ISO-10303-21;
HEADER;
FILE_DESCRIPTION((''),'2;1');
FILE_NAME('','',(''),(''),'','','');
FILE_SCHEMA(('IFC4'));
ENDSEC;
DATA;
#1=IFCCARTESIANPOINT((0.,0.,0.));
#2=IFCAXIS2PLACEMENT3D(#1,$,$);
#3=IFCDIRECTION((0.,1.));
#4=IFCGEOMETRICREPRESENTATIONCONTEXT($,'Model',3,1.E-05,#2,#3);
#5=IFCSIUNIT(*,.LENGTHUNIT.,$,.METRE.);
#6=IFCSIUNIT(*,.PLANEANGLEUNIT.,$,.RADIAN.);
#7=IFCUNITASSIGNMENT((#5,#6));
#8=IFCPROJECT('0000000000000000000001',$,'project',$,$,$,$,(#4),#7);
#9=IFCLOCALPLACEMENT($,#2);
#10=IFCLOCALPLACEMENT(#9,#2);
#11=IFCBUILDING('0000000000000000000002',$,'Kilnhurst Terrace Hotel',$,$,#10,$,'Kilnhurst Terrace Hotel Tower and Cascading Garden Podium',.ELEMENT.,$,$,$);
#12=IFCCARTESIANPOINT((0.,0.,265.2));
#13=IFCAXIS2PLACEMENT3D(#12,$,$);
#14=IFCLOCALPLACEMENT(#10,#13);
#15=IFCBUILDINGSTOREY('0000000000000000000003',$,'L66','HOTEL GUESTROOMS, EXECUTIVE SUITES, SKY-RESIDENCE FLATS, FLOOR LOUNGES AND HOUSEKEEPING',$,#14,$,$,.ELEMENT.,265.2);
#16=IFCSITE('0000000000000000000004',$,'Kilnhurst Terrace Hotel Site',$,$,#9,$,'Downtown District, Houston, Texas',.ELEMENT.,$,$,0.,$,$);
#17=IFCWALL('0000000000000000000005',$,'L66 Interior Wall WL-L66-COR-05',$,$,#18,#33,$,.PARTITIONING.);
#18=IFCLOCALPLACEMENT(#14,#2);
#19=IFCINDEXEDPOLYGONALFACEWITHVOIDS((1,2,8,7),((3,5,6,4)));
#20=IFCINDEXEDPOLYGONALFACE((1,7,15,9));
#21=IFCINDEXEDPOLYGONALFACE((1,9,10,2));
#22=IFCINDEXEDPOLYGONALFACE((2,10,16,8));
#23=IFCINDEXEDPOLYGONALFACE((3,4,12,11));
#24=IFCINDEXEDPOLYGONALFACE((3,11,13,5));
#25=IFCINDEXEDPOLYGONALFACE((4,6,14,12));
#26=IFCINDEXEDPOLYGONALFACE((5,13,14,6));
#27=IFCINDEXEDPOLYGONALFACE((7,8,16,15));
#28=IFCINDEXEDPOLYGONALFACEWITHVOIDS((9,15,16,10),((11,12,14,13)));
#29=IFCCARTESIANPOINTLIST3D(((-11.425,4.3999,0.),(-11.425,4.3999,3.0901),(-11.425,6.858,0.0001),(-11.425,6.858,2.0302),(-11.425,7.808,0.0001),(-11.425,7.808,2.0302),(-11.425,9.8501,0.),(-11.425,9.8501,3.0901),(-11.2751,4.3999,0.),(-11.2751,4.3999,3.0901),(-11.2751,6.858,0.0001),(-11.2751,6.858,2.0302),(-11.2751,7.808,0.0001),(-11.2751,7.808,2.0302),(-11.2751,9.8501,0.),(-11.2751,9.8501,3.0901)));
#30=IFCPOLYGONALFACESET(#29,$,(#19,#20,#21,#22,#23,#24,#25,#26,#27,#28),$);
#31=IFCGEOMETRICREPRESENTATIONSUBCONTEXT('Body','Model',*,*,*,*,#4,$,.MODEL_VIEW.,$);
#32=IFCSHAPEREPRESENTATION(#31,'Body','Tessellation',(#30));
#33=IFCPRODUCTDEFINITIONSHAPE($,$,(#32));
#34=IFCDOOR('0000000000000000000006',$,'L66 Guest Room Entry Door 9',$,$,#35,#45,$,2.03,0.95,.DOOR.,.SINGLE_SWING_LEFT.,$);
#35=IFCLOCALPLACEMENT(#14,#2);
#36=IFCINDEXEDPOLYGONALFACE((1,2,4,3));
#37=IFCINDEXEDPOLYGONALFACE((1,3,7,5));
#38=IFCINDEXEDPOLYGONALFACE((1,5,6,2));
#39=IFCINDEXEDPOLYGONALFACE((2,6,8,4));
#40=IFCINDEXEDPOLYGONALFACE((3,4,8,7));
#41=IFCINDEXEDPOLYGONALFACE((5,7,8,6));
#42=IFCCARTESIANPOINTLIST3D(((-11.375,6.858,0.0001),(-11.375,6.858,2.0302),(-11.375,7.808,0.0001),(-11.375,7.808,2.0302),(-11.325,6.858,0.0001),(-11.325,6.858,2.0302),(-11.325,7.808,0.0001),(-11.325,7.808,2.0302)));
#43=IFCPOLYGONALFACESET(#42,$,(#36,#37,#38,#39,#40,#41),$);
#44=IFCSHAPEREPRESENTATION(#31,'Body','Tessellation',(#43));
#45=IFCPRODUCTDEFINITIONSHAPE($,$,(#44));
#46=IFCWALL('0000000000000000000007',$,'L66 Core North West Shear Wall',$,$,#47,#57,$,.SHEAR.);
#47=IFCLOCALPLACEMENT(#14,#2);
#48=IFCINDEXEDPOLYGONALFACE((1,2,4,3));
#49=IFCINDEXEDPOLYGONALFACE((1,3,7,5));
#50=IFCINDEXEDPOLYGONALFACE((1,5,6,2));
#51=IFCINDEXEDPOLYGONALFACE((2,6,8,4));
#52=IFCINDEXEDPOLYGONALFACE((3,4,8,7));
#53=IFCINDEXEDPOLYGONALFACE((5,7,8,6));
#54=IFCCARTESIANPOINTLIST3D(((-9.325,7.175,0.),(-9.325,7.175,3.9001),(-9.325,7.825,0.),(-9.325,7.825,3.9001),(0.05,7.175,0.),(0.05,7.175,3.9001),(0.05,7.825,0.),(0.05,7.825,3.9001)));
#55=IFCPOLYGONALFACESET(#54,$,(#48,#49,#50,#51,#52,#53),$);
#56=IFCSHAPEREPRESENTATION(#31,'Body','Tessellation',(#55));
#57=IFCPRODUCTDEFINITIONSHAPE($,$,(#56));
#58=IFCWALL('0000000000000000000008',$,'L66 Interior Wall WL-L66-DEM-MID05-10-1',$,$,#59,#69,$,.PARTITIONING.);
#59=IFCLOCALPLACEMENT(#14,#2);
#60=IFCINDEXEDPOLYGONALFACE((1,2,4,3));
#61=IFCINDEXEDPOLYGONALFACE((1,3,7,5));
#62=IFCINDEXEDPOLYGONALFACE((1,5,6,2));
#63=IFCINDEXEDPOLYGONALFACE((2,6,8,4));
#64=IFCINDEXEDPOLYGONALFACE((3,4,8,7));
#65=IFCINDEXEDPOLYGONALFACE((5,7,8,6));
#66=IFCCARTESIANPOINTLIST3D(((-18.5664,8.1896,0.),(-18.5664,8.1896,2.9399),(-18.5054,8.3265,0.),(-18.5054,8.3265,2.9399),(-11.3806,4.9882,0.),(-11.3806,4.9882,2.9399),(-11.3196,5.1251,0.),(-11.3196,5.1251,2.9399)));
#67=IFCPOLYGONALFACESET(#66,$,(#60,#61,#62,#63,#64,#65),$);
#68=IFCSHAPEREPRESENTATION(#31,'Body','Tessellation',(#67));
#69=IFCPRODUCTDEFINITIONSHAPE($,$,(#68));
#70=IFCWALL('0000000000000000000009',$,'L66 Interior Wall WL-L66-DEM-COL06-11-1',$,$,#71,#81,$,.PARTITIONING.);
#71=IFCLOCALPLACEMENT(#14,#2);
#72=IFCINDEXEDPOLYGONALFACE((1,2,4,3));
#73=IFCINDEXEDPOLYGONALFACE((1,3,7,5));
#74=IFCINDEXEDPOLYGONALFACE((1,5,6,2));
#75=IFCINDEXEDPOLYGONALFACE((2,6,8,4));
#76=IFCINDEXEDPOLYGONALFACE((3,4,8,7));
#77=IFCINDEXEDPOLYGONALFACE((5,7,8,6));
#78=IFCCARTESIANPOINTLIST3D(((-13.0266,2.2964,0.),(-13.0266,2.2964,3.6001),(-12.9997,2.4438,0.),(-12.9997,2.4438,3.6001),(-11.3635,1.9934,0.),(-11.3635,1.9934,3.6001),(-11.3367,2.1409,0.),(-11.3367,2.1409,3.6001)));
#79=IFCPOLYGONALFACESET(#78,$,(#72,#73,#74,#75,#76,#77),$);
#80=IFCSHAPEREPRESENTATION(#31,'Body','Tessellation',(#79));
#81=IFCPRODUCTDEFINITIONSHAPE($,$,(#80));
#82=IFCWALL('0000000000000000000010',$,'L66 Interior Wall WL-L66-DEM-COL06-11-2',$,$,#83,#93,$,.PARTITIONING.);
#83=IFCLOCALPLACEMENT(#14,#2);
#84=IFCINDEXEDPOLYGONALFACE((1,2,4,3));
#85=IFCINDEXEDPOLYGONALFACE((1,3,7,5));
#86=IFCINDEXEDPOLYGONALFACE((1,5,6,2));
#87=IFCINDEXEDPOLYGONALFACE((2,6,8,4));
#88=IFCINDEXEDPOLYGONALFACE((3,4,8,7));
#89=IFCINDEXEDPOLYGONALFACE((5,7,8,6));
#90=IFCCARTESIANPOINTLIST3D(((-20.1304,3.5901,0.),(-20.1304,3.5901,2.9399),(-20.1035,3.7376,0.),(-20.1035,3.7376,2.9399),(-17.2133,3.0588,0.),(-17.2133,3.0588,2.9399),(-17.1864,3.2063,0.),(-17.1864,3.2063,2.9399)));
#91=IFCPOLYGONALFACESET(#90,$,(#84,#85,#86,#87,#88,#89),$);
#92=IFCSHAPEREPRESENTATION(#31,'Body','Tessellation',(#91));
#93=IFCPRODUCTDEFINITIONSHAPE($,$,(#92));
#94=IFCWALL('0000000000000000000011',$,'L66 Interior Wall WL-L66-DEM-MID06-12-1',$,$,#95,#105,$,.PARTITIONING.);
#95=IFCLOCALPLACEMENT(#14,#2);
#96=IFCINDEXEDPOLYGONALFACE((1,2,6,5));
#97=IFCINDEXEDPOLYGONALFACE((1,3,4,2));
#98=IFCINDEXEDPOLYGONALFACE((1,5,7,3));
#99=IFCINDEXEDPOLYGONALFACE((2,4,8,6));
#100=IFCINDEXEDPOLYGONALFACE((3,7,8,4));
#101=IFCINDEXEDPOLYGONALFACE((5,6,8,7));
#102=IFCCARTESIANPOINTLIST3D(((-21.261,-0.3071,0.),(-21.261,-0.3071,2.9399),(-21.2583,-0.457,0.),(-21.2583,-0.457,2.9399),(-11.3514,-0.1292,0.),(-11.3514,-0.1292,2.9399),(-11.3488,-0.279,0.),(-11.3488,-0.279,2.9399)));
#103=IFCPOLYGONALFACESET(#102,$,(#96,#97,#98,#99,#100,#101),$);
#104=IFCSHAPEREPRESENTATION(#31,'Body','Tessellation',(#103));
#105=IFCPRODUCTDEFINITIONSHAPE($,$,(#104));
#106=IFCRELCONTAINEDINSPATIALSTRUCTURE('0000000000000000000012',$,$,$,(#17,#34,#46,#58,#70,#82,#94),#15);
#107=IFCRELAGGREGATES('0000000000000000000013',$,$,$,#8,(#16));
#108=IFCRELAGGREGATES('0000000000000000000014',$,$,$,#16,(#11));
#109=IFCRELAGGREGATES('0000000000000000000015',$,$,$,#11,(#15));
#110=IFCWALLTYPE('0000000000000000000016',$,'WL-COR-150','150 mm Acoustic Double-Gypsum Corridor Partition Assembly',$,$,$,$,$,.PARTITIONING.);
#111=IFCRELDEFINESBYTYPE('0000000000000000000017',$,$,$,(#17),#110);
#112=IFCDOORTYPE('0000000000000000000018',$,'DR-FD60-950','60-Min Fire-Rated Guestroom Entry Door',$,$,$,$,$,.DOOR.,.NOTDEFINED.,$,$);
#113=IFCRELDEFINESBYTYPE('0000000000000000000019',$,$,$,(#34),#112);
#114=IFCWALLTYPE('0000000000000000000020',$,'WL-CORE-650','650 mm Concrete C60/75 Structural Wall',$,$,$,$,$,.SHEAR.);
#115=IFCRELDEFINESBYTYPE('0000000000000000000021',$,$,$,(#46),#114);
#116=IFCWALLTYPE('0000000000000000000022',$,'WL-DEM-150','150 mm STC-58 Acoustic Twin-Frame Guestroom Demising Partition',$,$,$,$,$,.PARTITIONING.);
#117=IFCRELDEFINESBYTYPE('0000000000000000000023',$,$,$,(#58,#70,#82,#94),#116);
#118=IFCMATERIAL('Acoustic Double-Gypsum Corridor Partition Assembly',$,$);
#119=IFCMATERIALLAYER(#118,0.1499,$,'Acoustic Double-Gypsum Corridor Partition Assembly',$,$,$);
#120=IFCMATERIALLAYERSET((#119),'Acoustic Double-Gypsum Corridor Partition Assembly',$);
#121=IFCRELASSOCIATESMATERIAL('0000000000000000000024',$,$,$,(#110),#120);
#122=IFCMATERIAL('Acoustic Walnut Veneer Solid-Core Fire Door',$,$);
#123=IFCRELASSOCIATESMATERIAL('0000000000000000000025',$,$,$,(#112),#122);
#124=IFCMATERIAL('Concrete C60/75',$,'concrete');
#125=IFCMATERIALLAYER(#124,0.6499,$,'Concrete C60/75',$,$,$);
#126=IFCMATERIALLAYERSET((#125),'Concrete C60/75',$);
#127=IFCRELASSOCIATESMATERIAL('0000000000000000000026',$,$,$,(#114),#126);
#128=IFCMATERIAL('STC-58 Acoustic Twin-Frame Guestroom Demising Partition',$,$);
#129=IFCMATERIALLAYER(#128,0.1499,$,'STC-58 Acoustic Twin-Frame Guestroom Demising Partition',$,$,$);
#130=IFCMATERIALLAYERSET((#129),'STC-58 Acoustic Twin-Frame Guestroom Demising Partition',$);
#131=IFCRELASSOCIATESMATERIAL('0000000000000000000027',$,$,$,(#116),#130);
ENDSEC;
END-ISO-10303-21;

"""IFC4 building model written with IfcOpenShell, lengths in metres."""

from ifc_helpers import new_model, si_unit, direction, frame, frame_2d, origin, place, context, subcontext, project, spatial, rectangle, extrude, material, layer, layer_set, type_object, element, fill, save


model = new_model("IFC4")

# Units and contexts
model_context = context("Model", 3, precision=1e-05, world=origin(), true_north=direction((0.0, 1.0)))
body_context = subcontext(model_context, "Body", "Model", "MODEL_VIEW")
ifc_project = project(units=[si_unit("LENGTHUNIT", "METRE"), si_unit("PLANEANGLEUNIT", "RADIAN")], contexts=[model_context])

# Site, building, storey
site_placement = place(None, origin())
site = spatial("IfcSite", under=ifc_project, at=site_placement, Name="Kilnhurst Terrace Hotel Site", LongName="Downtown District, Houston, Texas", CompositionType="ELEMENT", RefElevation=0.0)
building_placement = place(site_placement, origin())
building = spatial("IfcBuilding", under=site, at=building_placement, Name="Kilnhurst Terrace Hotel", LongName="Kilnhurst Terrace Hotel Tower and Cascading Garden Podium", CompositionType="ELEMENT")
storey_placement = place(building_placement, frame((0.0, 0.0, 265.2)))
storey = spatial("IfcBuildingStorey", under=building, at=storey_placement, Name="L66", Description="HOTEL GUESTROOMS, EXECUTIVE SUITES, SKY-RESIDENCE FLATS, FLOOR LOUNGES AND HOUSEKEEPING", CompositionType="ELEMENT", Elevation=265.2)

# Shared definitions
ifc_material_1 = material(Name="Concrete C60/75", Category="concrete")

# Shared definitions
ifc_material_2 = material(Name="Acoustic Double-Gypsum Corridor Partition Assembly")
ifc_layer_1 = layer(ifc_material_2, 0.1499, Name="Acoustic Double-Gypsum Corridor Partition Assembly")
ifc_layer_set_1 = layer_set([ifc_layer_1], Name="Acoustic Double-Gypsum Corridor Partition Assembly")
wall_type_1 = type_object("IfcWallType", Name="WL-COR-150", Description="150 mm Acoustic Double-Gypsum Corridor Partition Assembly", PredefinedType="PARTITIONING", material=ifc_layer_set_1)

# Wall, opening, door
wall_1_placement = place(storey_placement, frame((-11.3501, 4.3999, 0.0), z_axis=(0.0, 0.0, 1.0), x_axis=(0.0, 1.0, 0.0)))
wall_1 = element("IfcWall", 1, at=wall_1_placement, inside=storey, type_object=wall_type_1, Name="L66 Interior Wall WL-L66-COR-05", PredefinedType="PARTITIONING", context=body_context, shape_type="SweptSolid", body=[
    extrude(rectangle(XDim=5.4502, YDim=0.1499, at=frame_2d((2.7251, 0.0))), origin(), (0.0, 0.0, 1.0), 3.0901),
])
opening_1_placement = place(wall_1_placement, frame((2.458, 0.0, 0.0)))
opening_1 = element("IfcOpeningElement", 2, at=opening_1_placement, cuts=wall_1, PredefinedType="OPENING", context=body_context, shape_type="SweptSolid", body=[
    extrude(rectangle(XDim=0.95, YDim=2.03, at=frame_2d((0.4751, 1.0151))), frame((0.0, 0.085, 0.0), z_axis=(0.0, -1.0, 0.0), x_axis=(1.0, 0.0, 0.0)), (0.0, 0.0, 1.0), 0.1699),
])
ifc_material_3 = material(Name="Acoustic Walnut Veneer Solid-Core Fire Door")
door_type_1 = type_object("IfcDoorType", Name="DR-FD60-950", Description="60-Min Fire-Rated Guestroom Entry Door", OperationType="NOTDEFINED", PredefinedType="DOOR", material=ifc_material_3)
door_1_placement = place(opening_1_placement, origin())
door_1 = element("IfcDoor", 3, at=door_1_placement, inside=storey, type_object=door_type_1, Name="L66 Guest Room Entry Door 9", OperationType="SINGLE_SWING_LEFT", OverallHeight=2.03, OverallWidth=0.95, PredefinedType="DOOR", context=body_context, shape_type="SweptSolid", body=[
    extrude(rectangle(XDim=0.95, YDim=2.03, at=frame_2d((0.4751, 1.0151))), frame((0.0, 0.0249, 0.0), z_axis=(0.0, -1.0, 0.0), x_axis=(1.0, 0.0, 0.0)), (0.0, 0.0, 1.0), 0.05),
])
fill(opening_1, door_1)

# Walls
ifc_layer_2 = layer(ifc_material_1, 0.6499, Name="Concrete C60/75")
ifc_layer_set_2 = layer_set([ifc_layer_2], Name="Concrete C60/75")
wall_type_2 = type_object("IfcWallType", Name="WL-CORE-650", Description="650 mm Concrete C60/75 Structural Wall", PredefinedType="SHEAR", material=ifc_layer_set_2)
wall_2_placement = place(storey_placement, frame((-9.325, 7.5, 0.0), z_axis=(0.0, 0.0, 1.0), x_axis=(1.0, 0.0, 0.0)))
element("IfcWall", 4, at=wall_2_placement, inside=storey, type_object=wall_type_2, Name="L66 Core North West Shear Wall", PredefinedType="SHEAR", context=body_context, shape_type="SweptSolid", body=[
    extrude(rectangle(XDim=9.375, YDim=0.6499, at=frame_2d((4.6875, 0.0))), origin(), (0.0, 0.0, 1.0), 3.9001),
])
ifc_material_4 = material(Name="STC-58 Acoustic Twin-Frame Guestroom Demising Partition")
ifc_layer_3 = layer(ifc_material_4, 0.1499, Name="STC-58 Acoustic Twin-Frame Guestroom Demising Partition")
ifc_layer_set_3 = layer_set([ifc_layer_3], Name="STC-58 Acoustic Twin-Frame Guestroom Demising Partition")
wall_type_3 = type_object("IfcWallType", Name="WL-DEM-150", Description="150 mm STC-58 Acoustic Twin-Frame Guestroom Demising Partition", PredefinedType="PARTITIONING", material=ifc_layer_set_3)
wall_3_placement = place(storey_placement, frame((-11.3501, 5.0566, 0.0), z_axis=(0.0, 0.0, 1.0), x_axis=(-0.913446, 0.406959, 0.0)))
element("IfcWall", 5, at=wall_3_placement, inside=storey, type_object=wall_type_3, Name="L66 Interior Wall WL-L66-DEM-MID05-10-1", PredefinedType="PARTITIONING", context=body_context, shape_type="SweptSolid", body=[
    extrude(rectangle(XDim=7.8667, YDim=0.1499, at=frame_2d((3.9333, 0.0))), origin(), (0.0, 0.0, 1.0), 2.9399),
])
wall_4_placement = place(storey_placement, frame((-11.3501, 2.0671, 0.0), z_axis=(0.0, 0.0, 1.0), x_axis=(-0.983807, 0.179229, 0.0)))
element("IfcWall", 6, at=wall_4_placement, inside=storey, type_object=wall_type_3, Name="L66 Interior Wall WL-L66-DEM-COL06-11-1", PredefinedType="PARTITIONING", context=body_context, shape_type="SweptSolid", body=[
    extrude(rectangle(XDim=1.6904, YDim=0.1499, at=frame_2d((0.8452, 0.0))), origin(), (0.0, 0.0, 1.0), 3.6001),
])
wall_5_placement = place(storey_placement, frame((-17.2, 3.1326, 0.0), z_axis=(0.0, 0.0, 1.0), x_axis=(-0.983817, 0.179175, 0.0)))
element("IfcWall", 7, at=wall_5_placement, inside=storey, type_object=wall_type_3, Name="L66 Interior Wall WL-L66-DEM-COL06-11-2", PredefinedType="PARTITIONING", context=body_context, shape_type="SweptSolid", body=[
    extrude(rectangle(XDim=2.9651, YDim=0.1499, at=frame_2d((1.4824, 0.0))), origin(), (0.0, 0.0, 1.0), 2.9399),
])
wall_6_placement = place(storey_placement, frame((-11.3501, -0.2041, 0.0), z_axis=(0.0, 0.0, 1.0), x_axis=(-0.999839, -0.017958, 0.0)))
element("IfcWall", 8, at=wall_6_placement, inside=storey, type_object=wall_type_3, Name="L66 Interior Wall WL-L66-DEM-MID06-12-1", PredefinedType="PARTITIONING", context=body_context, shape_type="SweptSolid", body=[
    extrude(rectangle(XDim=9.9111, YDim=0.1499, at=frame_2d((4.9556, 0.0))), origin(), (0.0, 0.0, 1.0), 2.9399),
])

save(model, "model.ifc")
